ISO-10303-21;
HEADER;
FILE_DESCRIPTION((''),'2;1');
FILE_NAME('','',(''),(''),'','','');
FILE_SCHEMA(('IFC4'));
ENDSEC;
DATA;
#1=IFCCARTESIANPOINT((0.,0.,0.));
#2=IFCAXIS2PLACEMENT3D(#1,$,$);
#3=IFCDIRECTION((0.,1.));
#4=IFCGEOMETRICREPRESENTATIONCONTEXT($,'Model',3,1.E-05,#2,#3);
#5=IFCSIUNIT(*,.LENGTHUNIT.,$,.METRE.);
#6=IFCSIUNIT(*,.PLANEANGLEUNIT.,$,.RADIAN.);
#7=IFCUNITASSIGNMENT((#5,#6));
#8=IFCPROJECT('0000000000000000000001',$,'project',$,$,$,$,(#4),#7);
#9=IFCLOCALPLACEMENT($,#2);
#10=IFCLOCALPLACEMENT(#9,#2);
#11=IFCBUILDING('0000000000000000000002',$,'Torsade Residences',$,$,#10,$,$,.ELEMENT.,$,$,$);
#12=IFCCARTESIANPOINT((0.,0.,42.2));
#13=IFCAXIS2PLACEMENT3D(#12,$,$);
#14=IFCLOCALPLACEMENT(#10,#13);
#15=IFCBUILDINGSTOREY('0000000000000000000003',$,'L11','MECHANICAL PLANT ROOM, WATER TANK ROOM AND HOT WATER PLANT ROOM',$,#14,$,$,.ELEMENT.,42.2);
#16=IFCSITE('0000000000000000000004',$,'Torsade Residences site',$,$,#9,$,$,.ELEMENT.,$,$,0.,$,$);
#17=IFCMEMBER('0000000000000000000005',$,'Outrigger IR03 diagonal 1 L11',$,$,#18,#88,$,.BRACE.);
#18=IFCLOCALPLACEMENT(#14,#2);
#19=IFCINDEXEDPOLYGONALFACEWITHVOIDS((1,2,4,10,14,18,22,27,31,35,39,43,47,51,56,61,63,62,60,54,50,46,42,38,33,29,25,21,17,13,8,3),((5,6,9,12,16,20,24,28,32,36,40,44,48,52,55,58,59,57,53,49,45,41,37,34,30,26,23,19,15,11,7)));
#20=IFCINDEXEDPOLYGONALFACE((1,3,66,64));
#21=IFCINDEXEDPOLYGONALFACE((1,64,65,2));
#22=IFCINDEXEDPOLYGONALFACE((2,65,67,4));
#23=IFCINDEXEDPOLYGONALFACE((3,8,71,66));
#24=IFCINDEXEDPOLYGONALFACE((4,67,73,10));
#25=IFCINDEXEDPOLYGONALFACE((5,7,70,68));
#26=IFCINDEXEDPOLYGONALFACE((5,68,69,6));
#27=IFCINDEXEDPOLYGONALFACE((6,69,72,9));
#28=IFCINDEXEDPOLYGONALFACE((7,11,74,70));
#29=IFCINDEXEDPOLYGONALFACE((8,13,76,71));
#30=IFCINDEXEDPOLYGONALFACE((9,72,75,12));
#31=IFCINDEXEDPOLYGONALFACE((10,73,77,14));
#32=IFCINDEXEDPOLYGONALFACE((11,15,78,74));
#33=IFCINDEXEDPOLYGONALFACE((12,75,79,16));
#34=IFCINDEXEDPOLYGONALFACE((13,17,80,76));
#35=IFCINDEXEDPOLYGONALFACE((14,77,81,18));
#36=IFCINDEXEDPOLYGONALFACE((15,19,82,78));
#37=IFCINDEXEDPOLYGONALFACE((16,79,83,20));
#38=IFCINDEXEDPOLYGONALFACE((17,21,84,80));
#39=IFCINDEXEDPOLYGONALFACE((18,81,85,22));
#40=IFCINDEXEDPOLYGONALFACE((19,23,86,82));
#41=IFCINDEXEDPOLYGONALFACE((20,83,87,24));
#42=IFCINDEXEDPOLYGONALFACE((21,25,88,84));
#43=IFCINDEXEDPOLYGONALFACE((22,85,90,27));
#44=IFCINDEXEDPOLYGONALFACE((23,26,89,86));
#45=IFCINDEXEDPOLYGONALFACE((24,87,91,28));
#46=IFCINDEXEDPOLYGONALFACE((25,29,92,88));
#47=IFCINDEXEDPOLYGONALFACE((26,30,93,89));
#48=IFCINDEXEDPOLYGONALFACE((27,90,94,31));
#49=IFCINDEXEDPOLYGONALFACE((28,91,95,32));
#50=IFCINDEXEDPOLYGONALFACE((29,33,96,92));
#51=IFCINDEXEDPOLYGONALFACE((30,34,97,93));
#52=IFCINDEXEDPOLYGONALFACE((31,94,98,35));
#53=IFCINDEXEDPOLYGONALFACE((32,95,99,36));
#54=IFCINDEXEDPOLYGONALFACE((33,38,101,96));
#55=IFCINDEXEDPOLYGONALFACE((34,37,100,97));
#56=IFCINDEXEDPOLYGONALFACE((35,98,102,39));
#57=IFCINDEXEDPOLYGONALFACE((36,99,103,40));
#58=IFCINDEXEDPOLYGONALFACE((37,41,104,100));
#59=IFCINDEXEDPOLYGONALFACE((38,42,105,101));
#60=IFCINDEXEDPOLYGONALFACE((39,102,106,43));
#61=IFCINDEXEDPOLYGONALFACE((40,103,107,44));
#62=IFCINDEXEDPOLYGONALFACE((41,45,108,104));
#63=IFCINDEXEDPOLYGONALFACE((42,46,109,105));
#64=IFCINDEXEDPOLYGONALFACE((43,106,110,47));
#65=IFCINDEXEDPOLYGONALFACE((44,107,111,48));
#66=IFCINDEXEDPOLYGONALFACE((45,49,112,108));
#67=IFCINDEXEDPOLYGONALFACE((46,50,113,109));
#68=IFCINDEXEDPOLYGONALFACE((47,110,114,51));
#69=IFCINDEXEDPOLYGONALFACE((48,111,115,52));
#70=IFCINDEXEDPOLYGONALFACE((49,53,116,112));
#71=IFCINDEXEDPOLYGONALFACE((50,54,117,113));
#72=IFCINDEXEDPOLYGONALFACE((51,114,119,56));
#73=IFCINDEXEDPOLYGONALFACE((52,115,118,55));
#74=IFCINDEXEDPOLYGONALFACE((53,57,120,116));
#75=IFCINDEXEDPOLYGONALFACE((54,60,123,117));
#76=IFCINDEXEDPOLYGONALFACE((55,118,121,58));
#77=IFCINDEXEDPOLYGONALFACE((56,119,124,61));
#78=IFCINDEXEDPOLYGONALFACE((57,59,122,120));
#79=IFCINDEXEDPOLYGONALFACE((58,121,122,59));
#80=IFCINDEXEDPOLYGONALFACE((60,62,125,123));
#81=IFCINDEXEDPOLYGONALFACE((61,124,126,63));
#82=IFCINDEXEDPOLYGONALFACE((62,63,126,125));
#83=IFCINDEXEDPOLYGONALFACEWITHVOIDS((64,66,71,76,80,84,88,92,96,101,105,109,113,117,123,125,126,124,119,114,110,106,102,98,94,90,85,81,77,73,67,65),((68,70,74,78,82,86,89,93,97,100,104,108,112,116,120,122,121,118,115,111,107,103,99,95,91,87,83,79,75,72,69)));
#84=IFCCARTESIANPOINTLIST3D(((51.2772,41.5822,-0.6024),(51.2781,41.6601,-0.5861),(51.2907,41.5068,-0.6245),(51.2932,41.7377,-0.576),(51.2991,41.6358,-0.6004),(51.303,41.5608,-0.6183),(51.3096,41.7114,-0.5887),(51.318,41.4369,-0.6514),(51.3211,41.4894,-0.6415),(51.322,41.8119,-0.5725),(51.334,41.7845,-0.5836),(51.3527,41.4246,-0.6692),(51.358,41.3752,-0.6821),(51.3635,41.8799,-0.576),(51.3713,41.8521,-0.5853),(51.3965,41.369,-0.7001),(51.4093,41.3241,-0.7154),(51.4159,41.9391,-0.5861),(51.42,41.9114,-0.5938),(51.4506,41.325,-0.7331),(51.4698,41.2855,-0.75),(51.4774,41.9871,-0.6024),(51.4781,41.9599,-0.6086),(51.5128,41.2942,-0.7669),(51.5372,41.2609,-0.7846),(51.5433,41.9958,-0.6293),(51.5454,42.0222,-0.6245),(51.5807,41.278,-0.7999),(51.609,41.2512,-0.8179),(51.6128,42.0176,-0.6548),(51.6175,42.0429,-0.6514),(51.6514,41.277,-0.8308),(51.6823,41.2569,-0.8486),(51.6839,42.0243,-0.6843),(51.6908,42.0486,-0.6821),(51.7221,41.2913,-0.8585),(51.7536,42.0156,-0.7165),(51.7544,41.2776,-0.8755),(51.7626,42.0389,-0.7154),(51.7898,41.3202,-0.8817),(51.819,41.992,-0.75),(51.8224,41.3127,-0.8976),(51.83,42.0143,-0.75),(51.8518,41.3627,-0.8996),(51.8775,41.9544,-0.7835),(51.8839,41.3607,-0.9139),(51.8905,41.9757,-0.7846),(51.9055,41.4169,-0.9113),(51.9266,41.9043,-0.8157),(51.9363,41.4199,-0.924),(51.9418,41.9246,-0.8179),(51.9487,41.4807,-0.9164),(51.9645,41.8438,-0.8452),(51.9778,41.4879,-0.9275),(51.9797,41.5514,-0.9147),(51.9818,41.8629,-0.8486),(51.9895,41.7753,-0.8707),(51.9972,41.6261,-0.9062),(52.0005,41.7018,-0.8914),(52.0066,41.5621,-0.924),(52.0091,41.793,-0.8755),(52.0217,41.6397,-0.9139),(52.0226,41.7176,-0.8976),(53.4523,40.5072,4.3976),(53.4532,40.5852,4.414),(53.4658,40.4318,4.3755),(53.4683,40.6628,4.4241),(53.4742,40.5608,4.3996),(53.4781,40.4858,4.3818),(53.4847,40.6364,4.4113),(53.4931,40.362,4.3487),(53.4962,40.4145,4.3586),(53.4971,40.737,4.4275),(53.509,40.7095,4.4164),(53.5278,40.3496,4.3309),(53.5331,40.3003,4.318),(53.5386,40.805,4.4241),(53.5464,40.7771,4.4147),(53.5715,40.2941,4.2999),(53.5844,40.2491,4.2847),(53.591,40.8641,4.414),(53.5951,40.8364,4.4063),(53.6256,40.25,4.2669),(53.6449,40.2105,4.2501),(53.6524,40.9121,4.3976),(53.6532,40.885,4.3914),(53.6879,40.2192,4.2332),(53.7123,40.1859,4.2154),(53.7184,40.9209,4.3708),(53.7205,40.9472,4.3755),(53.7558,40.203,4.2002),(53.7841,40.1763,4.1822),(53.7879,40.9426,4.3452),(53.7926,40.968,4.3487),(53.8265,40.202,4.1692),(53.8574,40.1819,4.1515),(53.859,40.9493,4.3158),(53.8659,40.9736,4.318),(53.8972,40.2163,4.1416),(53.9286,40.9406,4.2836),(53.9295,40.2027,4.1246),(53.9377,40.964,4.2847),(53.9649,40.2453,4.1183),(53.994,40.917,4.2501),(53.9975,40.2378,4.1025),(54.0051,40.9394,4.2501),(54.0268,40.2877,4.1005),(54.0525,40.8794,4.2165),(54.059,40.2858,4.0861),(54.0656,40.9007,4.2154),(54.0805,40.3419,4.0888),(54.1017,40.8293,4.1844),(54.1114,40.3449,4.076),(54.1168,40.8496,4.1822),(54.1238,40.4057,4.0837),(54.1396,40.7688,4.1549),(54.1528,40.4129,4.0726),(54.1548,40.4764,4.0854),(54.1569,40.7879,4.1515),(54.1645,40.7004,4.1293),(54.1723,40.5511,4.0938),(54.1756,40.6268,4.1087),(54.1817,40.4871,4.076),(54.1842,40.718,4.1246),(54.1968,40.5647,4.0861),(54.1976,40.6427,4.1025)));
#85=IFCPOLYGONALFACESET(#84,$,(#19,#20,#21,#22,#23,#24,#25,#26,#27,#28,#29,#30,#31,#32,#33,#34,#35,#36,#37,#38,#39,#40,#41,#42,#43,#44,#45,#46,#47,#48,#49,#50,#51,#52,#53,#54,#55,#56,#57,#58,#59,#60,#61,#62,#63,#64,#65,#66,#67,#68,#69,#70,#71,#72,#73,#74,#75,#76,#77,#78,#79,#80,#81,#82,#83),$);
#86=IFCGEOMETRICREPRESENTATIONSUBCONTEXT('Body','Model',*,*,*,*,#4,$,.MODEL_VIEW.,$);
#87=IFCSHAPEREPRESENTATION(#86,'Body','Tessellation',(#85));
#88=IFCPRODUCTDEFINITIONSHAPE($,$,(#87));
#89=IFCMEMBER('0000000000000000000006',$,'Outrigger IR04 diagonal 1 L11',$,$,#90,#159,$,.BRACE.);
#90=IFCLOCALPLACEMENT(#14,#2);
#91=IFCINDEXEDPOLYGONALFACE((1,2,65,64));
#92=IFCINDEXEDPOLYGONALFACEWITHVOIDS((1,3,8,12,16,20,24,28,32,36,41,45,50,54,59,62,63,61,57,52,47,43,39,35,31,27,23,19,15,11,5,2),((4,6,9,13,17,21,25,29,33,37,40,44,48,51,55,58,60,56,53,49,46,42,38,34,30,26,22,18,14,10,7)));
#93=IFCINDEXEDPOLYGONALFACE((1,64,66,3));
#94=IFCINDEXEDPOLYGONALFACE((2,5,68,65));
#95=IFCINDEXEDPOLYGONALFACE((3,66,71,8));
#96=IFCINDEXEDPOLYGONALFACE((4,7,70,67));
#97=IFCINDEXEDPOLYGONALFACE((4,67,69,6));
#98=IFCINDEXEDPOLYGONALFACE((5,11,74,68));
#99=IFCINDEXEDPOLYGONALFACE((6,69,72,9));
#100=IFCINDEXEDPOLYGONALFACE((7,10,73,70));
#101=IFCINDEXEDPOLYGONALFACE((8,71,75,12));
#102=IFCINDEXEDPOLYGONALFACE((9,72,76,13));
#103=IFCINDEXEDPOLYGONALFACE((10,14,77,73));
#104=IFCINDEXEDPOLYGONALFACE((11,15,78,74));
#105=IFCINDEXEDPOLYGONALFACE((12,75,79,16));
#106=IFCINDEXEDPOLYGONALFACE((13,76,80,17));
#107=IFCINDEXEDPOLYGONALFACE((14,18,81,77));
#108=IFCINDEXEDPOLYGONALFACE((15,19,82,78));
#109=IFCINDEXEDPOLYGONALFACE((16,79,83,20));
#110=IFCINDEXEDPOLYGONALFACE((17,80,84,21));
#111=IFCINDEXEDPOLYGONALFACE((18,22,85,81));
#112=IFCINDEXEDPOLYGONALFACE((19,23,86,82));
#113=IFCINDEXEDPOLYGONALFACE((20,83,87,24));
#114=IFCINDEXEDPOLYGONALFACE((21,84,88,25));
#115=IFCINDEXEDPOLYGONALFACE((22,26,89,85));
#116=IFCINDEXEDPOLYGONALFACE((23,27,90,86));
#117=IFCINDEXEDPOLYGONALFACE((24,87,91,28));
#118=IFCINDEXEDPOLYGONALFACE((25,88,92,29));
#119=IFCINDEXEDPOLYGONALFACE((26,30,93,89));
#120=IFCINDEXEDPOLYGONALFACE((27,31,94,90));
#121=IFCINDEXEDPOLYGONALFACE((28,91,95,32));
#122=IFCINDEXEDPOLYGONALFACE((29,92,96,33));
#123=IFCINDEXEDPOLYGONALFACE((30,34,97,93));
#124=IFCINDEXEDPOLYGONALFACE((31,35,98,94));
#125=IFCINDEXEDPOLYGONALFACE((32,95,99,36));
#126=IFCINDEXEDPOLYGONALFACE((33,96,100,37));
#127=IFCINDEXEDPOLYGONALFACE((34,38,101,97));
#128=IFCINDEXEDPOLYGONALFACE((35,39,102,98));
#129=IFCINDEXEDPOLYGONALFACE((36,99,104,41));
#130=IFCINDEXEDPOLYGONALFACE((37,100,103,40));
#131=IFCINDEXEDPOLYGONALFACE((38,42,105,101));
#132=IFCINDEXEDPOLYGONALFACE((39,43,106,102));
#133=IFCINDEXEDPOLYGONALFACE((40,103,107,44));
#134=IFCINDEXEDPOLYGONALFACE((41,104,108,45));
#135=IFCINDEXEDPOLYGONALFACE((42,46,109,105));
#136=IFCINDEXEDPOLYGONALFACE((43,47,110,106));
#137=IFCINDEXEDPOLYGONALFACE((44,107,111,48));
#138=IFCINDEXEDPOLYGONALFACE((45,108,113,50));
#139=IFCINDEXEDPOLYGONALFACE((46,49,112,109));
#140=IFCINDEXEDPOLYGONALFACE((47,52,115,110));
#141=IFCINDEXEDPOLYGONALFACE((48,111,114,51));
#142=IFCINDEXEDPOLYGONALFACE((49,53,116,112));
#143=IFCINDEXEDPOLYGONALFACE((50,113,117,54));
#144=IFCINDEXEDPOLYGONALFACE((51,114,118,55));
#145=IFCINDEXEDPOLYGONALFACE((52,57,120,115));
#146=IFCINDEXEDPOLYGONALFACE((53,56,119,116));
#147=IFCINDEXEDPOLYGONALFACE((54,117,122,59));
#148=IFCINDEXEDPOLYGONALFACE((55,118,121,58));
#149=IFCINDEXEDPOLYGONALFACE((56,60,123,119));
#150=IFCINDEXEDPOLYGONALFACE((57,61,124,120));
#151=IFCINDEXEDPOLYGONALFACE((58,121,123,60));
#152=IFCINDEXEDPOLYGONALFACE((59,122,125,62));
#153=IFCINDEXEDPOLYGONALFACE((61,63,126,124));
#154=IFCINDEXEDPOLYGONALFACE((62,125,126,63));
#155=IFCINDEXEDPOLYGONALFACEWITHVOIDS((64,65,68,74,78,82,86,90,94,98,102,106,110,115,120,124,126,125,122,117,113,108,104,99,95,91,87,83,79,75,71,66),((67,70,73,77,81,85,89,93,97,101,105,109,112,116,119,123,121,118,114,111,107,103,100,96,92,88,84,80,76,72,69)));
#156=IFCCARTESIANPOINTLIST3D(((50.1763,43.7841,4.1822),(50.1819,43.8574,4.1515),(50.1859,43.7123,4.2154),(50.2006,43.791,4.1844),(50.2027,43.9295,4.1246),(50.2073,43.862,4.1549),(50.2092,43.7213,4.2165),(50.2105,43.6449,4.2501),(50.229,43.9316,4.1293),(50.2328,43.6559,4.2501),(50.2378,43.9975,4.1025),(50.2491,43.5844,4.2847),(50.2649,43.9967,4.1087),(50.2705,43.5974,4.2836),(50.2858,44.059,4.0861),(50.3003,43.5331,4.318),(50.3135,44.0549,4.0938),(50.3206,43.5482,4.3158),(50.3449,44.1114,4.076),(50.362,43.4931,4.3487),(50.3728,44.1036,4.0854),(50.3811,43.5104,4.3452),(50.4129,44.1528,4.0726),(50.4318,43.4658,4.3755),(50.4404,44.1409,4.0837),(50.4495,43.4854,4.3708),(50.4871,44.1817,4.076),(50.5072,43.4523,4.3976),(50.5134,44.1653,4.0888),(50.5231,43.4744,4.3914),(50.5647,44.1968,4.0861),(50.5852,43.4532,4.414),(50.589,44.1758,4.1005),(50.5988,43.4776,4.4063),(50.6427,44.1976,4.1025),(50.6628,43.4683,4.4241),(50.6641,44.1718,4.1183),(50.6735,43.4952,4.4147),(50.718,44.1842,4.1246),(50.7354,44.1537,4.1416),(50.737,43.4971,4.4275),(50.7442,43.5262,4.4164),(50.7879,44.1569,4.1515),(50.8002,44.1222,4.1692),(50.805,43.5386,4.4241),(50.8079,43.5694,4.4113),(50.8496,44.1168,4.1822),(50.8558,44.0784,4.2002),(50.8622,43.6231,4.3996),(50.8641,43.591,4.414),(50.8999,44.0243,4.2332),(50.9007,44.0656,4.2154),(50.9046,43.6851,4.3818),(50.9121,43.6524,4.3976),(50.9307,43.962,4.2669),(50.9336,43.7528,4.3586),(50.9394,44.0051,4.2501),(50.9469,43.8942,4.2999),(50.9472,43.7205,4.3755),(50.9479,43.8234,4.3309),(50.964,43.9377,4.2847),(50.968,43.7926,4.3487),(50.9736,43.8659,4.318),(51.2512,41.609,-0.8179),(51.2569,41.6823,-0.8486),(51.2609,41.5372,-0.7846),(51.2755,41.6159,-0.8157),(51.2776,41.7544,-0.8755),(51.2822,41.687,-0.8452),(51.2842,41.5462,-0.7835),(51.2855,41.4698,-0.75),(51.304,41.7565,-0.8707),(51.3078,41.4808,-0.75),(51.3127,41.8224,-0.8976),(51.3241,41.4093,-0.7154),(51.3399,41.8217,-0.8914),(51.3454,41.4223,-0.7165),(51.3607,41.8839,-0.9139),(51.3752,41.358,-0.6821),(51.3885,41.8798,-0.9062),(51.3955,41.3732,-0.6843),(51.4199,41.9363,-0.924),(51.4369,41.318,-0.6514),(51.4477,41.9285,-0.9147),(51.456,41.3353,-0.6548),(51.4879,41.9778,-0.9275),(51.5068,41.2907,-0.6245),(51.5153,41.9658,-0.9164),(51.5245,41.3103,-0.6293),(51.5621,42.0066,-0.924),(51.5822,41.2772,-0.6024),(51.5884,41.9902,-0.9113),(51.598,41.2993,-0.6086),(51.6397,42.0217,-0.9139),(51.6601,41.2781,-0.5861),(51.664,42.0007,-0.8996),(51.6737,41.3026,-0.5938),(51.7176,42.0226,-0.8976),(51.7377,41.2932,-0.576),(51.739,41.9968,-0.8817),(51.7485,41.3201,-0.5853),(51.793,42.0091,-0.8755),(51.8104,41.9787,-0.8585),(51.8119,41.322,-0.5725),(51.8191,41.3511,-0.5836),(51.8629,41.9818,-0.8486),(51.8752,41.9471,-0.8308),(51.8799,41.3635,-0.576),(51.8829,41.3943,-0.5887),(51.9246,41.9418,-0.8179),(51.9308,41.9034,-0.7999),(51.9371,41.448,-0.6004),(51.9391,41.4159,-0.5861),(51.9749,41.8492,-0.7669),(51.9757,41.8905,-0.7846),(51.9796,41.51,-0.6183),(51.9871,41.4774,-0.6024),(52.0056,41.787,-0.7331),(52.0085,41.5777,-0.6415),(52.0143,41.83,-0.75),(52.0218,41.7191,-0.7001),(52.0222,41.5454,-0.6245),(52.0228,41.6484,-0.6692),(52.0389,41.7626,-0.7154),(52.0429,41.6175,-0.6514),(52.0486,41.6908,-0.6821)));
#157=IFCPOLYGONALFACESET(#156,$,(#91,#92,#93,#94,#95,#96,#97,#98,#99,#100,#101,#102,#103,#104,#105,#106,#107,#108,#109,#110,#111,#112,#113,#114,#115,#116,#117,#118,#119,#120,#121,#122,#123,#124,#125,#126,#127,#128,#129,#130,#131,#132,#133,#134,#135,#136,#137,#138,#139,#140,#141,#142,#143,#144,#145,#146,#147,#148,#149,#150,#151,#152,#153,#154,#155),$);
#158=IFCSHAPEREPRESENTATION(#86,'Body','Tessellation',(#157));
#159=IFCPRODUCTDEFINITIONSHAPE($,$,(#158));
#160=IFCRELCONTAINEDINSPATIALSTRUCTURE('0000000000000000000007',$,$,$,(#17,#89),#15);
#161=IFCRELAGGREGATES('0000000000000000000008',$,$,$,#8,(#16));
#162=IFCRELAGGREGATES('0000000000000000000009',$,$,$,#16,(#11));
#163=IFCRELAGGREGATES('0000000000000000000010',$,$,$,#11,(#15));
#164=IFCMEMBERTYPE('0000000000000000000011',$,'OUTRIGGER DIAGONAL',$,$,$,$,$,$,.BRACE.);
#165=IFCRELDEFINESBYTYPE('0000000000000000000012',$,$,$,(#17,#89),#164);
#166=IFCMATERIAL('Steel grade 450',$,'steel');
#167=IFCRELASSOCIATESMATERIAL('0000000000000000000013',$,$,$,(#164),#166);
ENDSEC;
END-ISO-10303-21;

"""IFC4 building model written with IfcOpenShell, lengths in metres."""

from ifc_helpers import new_model, si_unit, direction, frame, origin, origin_2d, place, context, subcontext, project, spatial, hollow_circle, extrude, material, material_profile, profile_set, type_object, element, save


model = new_model("IFC4")

# Units and contexts
model_context = context("Model", 3, precision=1e-05, world=origin(), true_north=direction((0.0, 1.0)))
body_context = subcontext(model_context, "Body", "Model", "MODEL_VIEW")
ifc_project = project(units=[si_unit("LENGTHUNIT", "METRE"), si_unit("PLANEANGLEUNIT", "RADIAN")], contexts=[model_context])

# Site, building, storey
site_placement = place(None, origin())
site = spatial("IfcSite", under=ifc_project, at=site_placement, Name="Torsade Residences site", CompositionType="ELEMENT", RefElevation=0.0)
building_placement = place(site_placement, origin())
building = spatial("IfcBuilding", under=site, at=building_placement, Name="Torsade Residences", CompositionType="ELEMENT")
storey_placement = place(building_placement, frame((0.0, 0.0, 42.2)))
storey = spatial("IfcBuildingStorey", under=building, at=storey_placement, Name="L11", Description="MECHANICAL PLANT ROOM, WATER TANK ROOM AND HOT WATER PLANT ROOM", CompositionType="ELEMENT", Elevation=42.2)

# Members
ifc_material_1 = material(Name="Steel grade 450", Category="steel")
ifc_material_profile_1 = material_profile(ifc_material_1, hollow_circle(Radius=0.4065, WallThickness=0.0249, at=origin_2d()), Name="813.0x25.0CHS")
ifc_profile_set_1 = profile_set([ifc_material_profile_1], Name="Steel grade 450")
member_type_1 = type_object("IfcMemberType", Name="OUTRIGGER DIAGONAL", PredefinedType="BRACE", material=ifc_profile_set_1)
for number, where, z_axis, x_axis, name in (
    (1, (51.6499, 41.6499, -0.75), (0.391368, -0.193422, 0.899677), (0.443063, 0.896491, 0.0), "Outrigger IR03 diagonal 1 L11"),
    (2, (51.6499, 41.6499, -0.75), (-0.193422, 0.391368, 0.899677), (-0.896491, -0.443063, 0.0), "Outrigger IR04 diagonal 1 L11"),
):
    element("IfcMember", number, at=place(storey_placement, frame(where, z_axis=z_axis, x_axis=x_axis)), inside=storey, type_object=member_type_1, Name=name, PredefinedType="BRACE", context=body_context, shape_type="SweptSolid", body=[
        extrude(hollow_circle(Radius=0.4065, WallThickness=0.0249, at=origin_2d()), origin(), (0.0, 0.0, 1.0), 5.5576),
    ])

save(model, "model.ifc")
